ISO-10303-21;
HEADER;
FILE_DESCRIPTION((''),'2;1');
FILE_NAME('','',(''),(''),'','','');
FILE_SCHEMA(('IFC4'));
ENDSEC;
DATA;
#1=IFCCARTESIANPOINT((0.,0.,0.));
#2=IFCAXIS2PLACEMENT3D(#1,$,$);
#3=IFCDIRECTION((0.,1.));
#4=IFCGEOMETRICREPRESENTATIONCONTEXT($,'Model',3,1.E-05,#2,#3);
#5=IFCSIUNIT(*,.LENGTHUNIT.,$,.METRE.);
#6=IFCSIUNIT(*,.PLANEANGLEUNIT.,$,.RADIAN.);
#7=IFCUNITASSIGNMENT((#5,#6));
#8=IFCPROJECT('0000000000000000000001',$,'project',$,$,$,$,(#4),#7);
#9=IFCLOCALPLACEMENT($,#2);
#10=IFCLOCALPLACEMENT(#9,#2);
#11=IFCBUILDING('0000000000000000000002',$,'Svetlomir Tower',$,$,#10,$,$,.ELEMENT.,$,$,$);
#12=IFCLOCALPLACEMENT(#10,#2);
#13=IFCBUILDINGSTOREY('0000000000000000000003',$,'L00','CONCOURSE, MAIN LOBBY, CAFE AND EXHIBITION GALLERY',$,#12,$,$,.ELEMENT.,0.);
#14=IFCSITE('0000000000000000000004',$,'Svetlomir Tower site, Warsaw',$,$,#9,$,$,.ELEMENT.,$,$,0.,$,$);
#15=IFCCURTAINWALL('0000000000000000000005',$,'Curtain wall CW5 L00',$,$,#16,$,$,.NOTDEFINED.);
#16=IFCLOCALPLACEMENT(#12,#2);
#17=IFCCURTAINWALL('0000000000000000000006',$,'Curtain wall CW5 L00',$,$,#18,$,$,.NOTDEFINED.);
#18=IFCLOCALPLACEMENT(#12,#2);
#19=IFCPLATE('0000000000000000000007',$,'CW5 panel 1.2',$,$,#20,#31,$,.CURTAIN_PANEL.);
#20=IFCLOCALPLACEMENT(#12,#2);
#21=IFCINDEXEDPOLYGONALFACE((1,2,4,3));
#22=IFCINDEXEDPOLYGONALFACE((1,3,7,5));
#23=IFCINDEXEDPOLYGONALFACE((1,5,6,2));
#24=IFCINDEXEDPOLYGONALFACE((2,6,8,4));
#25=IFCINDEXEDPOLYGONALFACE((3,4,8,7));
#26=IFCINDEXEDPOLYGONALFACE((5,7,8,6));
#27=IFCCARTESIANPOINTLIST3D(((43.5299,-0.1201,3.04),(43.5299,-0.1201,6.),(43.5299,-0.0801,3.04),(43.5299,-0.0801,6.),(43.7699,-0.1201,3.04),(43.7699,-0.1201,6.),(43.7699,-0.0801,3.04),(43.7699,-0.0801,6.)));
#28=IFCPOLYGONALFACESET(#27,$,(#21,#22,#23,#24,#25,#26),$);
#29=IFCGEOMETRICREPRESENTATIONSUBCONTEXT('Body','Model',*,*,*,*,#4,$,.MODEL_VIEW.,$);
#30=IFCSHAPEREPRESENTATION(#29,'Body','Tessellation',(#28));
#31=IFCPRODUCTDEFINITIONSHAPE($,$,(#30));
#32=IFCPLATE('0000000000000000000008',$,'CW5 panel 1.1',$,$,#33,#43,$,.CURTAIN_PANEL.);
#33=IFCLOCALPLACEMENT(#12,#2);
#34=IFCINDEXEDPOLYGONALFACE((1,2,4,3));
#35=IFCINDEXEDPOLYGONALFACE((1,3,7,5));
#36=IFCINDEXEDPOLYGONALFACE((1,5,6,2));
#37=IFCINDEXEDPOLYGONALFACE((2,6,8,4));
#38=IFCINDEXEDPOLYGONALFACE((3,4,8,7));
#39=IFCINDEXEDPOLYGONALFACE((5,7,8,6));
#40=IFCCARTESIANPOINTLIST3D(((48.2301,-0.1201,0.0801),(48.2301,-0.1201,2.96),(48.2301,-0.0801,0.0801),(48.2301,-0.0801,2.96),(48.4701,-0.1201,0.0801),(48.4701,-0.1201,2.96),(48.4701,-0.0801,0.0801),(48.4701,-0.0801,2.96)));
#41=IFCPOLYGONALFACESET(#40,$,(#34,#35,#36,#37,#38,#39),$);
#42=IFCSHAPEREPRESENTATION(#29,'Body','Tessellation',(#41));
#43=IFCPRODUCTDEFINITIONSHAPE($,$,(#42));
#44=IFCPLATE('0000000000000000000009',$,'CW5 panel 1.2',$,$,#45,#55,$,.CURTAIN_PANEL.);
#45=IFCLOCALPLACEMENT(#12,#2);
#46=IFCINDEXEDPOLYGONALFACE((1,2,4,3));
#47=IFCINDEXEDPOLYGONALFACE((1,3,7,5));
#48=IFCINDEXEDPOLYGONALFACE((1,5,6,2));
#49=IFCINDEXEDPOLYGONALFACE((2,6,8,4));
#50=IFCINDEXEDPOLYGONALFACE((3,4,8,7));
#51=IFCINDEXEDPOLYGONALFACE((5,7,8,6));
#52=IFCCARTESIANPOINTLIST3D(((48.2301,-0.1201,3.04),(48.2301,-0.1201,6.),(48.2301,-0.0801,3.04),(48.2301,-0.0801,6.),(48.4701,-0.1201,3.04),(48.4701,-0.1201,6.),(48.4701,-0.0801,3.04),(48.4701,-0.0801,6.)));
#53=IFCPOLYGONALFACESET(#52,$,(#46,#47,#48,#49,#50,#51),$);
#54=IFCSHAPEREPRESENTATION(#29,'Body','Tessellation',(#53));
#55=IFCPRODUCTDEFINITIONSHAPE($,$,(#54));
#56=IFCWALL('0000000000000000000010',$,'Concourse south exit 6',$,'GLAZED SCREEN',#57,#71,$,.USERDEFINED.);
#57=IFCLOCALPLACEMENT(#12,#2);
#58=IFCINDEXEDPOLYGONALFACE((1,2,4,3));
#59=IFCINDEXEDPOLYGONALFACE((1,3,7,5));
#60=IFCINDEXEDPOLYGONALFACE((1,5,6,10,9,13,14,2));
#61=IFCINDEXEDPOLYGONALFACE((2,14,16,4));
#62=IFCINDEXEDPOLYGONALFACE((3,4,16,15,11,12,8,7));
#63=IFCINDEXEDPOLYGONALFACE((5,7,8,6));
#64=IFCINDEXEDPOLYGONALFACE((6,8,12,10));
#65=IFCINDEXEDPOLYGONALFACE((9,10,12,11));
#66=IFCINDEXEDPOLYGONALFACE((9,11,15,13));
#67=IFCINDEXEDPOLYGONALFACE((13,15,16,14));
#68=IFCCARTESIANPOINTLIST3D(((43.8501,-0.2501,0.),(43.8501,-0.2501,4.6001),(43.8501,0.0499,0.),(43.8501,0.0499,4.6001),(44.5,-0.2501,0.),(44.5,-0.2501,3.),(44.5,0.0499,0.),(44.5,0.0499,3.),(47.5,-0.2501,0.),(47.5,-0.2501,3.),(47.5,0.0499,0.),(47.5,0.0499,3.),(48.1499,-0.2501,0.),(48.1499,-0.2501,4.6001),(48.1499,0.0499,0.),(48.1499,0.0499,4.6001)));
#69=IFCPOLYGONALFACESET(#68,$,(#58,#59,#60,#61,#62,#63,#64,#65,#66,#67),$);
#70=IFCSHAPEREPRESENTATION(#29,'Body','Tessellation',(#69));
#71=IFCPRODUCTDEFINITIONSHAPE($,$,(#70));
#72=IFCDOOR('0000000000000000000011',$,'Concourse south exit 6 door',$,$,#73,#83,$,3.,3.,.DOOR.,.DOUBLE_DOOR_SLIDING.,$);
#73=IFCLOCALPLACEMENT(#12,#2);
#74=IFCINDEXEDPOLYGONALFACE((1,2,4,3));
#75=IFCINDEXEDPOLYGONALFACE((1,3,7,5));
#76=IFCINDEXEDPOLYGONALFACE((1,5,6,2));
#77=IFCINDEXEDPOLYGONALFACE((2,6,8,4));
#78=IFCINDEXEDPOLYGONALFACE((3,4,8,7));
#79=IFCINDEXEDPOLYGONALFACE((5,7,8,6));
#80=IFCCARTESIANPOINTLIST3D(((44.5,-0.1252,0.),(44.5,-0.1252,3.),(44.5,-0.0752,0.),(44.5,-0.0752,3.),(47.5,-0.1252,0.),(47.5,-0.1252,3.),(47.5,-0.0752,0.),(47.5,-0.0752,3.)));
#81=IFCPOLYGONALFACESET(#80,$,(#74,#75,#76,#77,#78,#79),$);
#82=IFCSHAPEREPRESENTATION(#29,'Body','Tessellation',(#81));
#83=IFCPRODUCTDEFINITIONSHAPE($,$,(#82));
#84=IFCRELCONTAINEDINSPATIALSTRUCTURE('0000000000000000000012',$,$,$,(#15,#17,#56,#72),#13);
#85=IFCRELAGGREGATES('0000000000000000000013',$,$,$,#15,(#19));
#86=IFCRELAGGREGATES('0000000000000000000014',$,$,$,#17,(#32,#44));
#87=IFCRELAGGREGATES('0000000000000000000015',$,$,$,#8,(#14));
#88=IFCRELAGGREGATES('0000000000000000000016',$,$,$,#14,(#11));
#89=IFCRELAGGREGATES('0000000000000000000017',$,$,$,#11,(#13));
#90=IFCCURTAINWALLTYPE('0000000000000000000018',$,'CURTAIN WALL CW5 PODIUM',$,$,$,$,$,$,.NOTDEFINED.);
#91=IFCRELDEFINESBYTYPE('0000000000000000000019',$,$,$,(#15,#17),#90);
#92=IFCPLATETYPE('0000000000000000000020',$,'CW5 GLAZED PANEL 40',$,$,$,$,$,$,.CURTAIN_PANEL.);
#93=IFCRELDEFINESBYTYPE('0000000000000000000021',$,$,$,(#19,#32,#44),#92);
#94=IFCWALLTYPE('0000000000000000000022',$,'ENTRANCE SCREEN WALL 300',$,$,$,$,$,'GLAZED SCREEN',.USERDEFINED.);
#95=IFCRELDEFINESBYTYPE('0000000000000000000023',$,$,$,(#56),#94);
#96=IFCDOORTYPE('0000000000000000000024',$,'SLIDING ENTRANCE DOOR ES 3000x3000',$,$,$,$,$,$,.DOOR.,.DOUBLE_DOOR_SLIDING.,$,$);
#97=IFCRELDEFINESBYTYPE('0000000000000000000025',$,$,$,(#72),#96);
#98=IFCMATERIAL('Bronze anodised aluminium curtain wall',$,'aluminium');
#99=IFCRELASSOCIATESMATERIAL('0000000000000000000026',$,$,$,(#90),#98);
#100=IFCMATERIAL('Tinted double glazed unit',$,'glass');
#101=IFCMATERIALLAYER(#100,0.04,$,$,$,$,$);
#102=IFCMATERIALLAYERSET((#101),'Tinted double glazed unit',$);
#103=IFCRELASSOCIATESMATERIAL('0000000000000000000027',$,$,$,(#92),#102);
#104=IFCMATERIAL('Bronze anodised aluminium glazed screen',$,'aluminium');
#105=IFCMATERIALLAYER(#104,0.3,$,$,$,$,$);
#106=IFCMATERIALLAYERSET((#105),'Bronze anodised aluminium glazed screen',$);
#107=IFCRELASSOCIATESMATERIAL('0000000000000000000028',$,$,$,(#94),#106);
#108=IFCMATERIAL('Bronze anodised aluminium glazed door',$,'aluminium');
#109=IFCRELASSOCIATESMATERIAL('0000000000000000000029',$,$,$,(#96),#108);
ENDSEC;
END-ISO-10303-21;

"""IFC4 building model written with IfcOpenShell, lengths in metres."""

from ifc_helpers import new_model, si_unit, direction, frame, frame_2d, origin, origin_2d, place, context, subcontext, project, spatial, rectangle, extrude, material, layer, layer_set, type_object, element, fill, aggregate, save


model = new_model("IFC4")

# Units and contexts
model_context = context("Model", 3, precision=1e-05, world=origin(), true_north=direction((0.0, 1.0)))
body_context = subcontext(model_context, "Body", "Model", "MODEL_VIEW")
ifc_project = project(units=[si_unit("LENGTHUNIT", "METRE"), si_unit("PLANEANGLEUNIT", "RADIAN")], contexts=[model_context])

# Site, building, storey
site_placement = place(None, origin())
site = spatial("IfcSite", under=ifc_project, at=site_placement, Name="Svetlomir Tower site, Warsaw", CompositionType="ELEMENT", RefElevation=0.0)
building_placement = place(site_placement, origin())
building = spatial("IfcBuilding", under=site, at=building_placement, Name="Svetlomir Tower", CompositionType="ELEMENT")
storey_placement = place(building_placement, origin())
storey = spatial("IfcBuildingStorey", under=building, at=storey_placement, Name="L00", Description="CONCOURSE, MAIN LOBBY, CAFE AND EXHIBITION GALLERY", CompositionType="ELEMENT", Elevation=0.0)

# Curtain walls
ifc_material_1 = material(Name="Bronze anodised aluminium curtain wall", Category="aluminium")
curtain_wall_type = type_object("IfcCurtainWallType", Name="CURTAIN WALL CW5 PODIUM", PredefinedType="NOTDEFINED", material=ifc_material_1)
curtain_wall_1_placement = place(storey_placement, origin())
curtain_wall_1 = element("IfcCurtainWall", 1, at=curtain_wall_1_placement, inside=storey, type_object=curtain_wall_type, Name="Curtain wall CW5 L00", PredefinedType="NOTDEFINED")
curtain_wall_2_placement = place(storey_placement, origin())
curtain_wall_2 = element("IfcCurtainWall", 2, at=curtain_wall_2_placement, inside=storey, type_object=curtain_wall_type, Name="Curtain wall CW5 L00", PredefinedType="NOTDEFINED")

# Plates
ifc_material_2 = material(Name="Tinted double glazed unit", Category="glass")
ifc_layer_1 = layer(ifc_material_2, 0.04)
ifc_layer_set_1 = layer_set([ifc_layer_1], Name="Tinted double glazed unit")
plate_type_1 = type_object("IfcPlateType", Name="CW5 GLAZED PANEL 40", PredefinedType="CURTAIN_PANEL", material=ifc_layer_set_1)
plate_1_placement = place(storey_placement, frame((43.6499, -0.1001, 3.04), z_axis=(0.0, 0.0, 1.0), x_axis=(1.0, 0.0, 0.0)))
plate_1 = element("IfcPlate", 3, at=plate_1_placement, type_object=plate_type_1, Name="CW5 panel 1.2", PredefinedType="CURTAIN_PANEL", context=body_context, shape_type="SweptSolid", body=[
    extrude(rectangle(XDim=0.24, YDim=0.04, at=origin_2d()), origin(), (0.0, 0.0, 1.0), 2.96),
])
aggregate(curtain_wall_1, [plate_1])
plate_2_placement = place(storey_placement, frame((48.3501, -0.1001, 0.0801), z_axis=(0.0, 0.0, 1.0), x_axis=(1.0, 0.0, 0.0)))
plate_2 = element("IfcPlate", 4, at=plate_2_placement, type_object=plate_type_1, Name="CW5 panel 1.1", PredefinedType="CURTAIN_PANEL", context=body_context, shape_type="SweptSolid", body=[
    extrude(rectangle(XDim=0.24, YDim=0.04, at=origin_2d()), origin(), (0.0, 0.0, 1.0), 2.8799),
])
plate_3_placement = place(storey_placement, frame((48.3501, -0.1001, 3.04), z_axis=(0.0, 0.0, 1.0), x_axis=(1.0, 0.0, 0.0)))
plate_3 = element("IfcPlate", 5, at=plate_3_placement, type_object=plate_type_1, Name="CW5 panel 1.2", PredefinedType="CURTAIN_PANEL", context=body_context, shape_type="SweptSolid", body=[
    extrude(rectangle(XDim=0.24, YDim=0.04, at=origin_2d()), origin(), (0.0, 0.0, 1.0), 2.96),
])
aggregate(curtain_wall_2, [plate_2, plate_3])

# Wall, opening, door
ifc_material_3 = material(Name="Bronze anodised aluminium glazed screen", Category="aluminium")
ifc_layer_2 = layer(ifc_material_3, 0.3)
ifc_layer_set_2 = layer_set([ifc_layer_2], Name="Bronze anodised aluminium glazed screen")
wall_type = type_object("IfcWallType", Name="ENTRANCE SCREEN WALL 300", ElementType="GLAZED SCREEN", PredefinedType="USERDEFINED", material=ifc_layer_set_2)
wall_placement = place(storey_placement, frame((43.8501, -0.1001, 0.0), z_axis=(0.0, 0.0, 1.0), x_axis=(1.0, 0.0, 0.0)))
wall = element("IfcWall", 6, at=wall_placement, inside=storey, type_object=wall_type, Name="Concourse south exit 6", ObjectType="GLAZED SCREEN", PredefinedType="USERDEFINED", context=body_context, shape_type="SweptSolid", body=[
    extrude(rectangle(XDim=4.2998, YDim=0.3, at=frame_2d((2.1499, 0.0))), origin(), (0.0, 0.0, 1.0), 4.6001),
])
opening_placement = place(wall_placement, frame((0.6499, 0.0, 0.0)))
opening = element("IfcOpeningElement", 7, at=opening_placement, cuts=wall, PredefinedType="OPENING", context=body_context, shape_type="SweptSolid", body=[
    extrude(rectangle(XDim=3.0, YDim=3.0, at=frame_2d((1.5, 1.5))), frame((0.0, 0.1602, 0.0), z_axis=(0.0, -1.0, 0.0), x_axis=(1.0, 0.0, 0.0)), (0.0, 0.0, 1.0), 0.3201),
])
ifc_material_4 = material(Name="Bronze anodised aluminium glazed door", Category="aluminium")
door_type = type_object("IfcDoorType", Name="SLIDING ENTRANCE DOOR ES 3000x3000", OperationType="DOUBLE_DOOR_SLIDING", PredefinedType="DOOR", material=ifc_material_4)
door_placement = place(opening_placement, origin())
door = element("IfcDoor", 8, at=door_placement, inside=storey, type_object=door_type, Name="Concourse south exit 6 door", OperationType="DOUBLE_DOOR_SLIDING", OverallHeight=3.0, OverallWidth=3.0, PredefinedType="DOOR", context=body_context, shape_type="SweptSolid", body=[
    extrude(rectangle(XDim=3.0, YDim=3.0, at=frame_2d((1.5, 1.5))), frame((0.0, 0.0249, 0.0), z_axis=(0.0, -1.0, 0.0), x_axis=(1.0, 0.0, 0.0)), (0.0, 0.0, 1.0), 0.05),
])
fill(opening, door)

save(model, "model.ifc")
